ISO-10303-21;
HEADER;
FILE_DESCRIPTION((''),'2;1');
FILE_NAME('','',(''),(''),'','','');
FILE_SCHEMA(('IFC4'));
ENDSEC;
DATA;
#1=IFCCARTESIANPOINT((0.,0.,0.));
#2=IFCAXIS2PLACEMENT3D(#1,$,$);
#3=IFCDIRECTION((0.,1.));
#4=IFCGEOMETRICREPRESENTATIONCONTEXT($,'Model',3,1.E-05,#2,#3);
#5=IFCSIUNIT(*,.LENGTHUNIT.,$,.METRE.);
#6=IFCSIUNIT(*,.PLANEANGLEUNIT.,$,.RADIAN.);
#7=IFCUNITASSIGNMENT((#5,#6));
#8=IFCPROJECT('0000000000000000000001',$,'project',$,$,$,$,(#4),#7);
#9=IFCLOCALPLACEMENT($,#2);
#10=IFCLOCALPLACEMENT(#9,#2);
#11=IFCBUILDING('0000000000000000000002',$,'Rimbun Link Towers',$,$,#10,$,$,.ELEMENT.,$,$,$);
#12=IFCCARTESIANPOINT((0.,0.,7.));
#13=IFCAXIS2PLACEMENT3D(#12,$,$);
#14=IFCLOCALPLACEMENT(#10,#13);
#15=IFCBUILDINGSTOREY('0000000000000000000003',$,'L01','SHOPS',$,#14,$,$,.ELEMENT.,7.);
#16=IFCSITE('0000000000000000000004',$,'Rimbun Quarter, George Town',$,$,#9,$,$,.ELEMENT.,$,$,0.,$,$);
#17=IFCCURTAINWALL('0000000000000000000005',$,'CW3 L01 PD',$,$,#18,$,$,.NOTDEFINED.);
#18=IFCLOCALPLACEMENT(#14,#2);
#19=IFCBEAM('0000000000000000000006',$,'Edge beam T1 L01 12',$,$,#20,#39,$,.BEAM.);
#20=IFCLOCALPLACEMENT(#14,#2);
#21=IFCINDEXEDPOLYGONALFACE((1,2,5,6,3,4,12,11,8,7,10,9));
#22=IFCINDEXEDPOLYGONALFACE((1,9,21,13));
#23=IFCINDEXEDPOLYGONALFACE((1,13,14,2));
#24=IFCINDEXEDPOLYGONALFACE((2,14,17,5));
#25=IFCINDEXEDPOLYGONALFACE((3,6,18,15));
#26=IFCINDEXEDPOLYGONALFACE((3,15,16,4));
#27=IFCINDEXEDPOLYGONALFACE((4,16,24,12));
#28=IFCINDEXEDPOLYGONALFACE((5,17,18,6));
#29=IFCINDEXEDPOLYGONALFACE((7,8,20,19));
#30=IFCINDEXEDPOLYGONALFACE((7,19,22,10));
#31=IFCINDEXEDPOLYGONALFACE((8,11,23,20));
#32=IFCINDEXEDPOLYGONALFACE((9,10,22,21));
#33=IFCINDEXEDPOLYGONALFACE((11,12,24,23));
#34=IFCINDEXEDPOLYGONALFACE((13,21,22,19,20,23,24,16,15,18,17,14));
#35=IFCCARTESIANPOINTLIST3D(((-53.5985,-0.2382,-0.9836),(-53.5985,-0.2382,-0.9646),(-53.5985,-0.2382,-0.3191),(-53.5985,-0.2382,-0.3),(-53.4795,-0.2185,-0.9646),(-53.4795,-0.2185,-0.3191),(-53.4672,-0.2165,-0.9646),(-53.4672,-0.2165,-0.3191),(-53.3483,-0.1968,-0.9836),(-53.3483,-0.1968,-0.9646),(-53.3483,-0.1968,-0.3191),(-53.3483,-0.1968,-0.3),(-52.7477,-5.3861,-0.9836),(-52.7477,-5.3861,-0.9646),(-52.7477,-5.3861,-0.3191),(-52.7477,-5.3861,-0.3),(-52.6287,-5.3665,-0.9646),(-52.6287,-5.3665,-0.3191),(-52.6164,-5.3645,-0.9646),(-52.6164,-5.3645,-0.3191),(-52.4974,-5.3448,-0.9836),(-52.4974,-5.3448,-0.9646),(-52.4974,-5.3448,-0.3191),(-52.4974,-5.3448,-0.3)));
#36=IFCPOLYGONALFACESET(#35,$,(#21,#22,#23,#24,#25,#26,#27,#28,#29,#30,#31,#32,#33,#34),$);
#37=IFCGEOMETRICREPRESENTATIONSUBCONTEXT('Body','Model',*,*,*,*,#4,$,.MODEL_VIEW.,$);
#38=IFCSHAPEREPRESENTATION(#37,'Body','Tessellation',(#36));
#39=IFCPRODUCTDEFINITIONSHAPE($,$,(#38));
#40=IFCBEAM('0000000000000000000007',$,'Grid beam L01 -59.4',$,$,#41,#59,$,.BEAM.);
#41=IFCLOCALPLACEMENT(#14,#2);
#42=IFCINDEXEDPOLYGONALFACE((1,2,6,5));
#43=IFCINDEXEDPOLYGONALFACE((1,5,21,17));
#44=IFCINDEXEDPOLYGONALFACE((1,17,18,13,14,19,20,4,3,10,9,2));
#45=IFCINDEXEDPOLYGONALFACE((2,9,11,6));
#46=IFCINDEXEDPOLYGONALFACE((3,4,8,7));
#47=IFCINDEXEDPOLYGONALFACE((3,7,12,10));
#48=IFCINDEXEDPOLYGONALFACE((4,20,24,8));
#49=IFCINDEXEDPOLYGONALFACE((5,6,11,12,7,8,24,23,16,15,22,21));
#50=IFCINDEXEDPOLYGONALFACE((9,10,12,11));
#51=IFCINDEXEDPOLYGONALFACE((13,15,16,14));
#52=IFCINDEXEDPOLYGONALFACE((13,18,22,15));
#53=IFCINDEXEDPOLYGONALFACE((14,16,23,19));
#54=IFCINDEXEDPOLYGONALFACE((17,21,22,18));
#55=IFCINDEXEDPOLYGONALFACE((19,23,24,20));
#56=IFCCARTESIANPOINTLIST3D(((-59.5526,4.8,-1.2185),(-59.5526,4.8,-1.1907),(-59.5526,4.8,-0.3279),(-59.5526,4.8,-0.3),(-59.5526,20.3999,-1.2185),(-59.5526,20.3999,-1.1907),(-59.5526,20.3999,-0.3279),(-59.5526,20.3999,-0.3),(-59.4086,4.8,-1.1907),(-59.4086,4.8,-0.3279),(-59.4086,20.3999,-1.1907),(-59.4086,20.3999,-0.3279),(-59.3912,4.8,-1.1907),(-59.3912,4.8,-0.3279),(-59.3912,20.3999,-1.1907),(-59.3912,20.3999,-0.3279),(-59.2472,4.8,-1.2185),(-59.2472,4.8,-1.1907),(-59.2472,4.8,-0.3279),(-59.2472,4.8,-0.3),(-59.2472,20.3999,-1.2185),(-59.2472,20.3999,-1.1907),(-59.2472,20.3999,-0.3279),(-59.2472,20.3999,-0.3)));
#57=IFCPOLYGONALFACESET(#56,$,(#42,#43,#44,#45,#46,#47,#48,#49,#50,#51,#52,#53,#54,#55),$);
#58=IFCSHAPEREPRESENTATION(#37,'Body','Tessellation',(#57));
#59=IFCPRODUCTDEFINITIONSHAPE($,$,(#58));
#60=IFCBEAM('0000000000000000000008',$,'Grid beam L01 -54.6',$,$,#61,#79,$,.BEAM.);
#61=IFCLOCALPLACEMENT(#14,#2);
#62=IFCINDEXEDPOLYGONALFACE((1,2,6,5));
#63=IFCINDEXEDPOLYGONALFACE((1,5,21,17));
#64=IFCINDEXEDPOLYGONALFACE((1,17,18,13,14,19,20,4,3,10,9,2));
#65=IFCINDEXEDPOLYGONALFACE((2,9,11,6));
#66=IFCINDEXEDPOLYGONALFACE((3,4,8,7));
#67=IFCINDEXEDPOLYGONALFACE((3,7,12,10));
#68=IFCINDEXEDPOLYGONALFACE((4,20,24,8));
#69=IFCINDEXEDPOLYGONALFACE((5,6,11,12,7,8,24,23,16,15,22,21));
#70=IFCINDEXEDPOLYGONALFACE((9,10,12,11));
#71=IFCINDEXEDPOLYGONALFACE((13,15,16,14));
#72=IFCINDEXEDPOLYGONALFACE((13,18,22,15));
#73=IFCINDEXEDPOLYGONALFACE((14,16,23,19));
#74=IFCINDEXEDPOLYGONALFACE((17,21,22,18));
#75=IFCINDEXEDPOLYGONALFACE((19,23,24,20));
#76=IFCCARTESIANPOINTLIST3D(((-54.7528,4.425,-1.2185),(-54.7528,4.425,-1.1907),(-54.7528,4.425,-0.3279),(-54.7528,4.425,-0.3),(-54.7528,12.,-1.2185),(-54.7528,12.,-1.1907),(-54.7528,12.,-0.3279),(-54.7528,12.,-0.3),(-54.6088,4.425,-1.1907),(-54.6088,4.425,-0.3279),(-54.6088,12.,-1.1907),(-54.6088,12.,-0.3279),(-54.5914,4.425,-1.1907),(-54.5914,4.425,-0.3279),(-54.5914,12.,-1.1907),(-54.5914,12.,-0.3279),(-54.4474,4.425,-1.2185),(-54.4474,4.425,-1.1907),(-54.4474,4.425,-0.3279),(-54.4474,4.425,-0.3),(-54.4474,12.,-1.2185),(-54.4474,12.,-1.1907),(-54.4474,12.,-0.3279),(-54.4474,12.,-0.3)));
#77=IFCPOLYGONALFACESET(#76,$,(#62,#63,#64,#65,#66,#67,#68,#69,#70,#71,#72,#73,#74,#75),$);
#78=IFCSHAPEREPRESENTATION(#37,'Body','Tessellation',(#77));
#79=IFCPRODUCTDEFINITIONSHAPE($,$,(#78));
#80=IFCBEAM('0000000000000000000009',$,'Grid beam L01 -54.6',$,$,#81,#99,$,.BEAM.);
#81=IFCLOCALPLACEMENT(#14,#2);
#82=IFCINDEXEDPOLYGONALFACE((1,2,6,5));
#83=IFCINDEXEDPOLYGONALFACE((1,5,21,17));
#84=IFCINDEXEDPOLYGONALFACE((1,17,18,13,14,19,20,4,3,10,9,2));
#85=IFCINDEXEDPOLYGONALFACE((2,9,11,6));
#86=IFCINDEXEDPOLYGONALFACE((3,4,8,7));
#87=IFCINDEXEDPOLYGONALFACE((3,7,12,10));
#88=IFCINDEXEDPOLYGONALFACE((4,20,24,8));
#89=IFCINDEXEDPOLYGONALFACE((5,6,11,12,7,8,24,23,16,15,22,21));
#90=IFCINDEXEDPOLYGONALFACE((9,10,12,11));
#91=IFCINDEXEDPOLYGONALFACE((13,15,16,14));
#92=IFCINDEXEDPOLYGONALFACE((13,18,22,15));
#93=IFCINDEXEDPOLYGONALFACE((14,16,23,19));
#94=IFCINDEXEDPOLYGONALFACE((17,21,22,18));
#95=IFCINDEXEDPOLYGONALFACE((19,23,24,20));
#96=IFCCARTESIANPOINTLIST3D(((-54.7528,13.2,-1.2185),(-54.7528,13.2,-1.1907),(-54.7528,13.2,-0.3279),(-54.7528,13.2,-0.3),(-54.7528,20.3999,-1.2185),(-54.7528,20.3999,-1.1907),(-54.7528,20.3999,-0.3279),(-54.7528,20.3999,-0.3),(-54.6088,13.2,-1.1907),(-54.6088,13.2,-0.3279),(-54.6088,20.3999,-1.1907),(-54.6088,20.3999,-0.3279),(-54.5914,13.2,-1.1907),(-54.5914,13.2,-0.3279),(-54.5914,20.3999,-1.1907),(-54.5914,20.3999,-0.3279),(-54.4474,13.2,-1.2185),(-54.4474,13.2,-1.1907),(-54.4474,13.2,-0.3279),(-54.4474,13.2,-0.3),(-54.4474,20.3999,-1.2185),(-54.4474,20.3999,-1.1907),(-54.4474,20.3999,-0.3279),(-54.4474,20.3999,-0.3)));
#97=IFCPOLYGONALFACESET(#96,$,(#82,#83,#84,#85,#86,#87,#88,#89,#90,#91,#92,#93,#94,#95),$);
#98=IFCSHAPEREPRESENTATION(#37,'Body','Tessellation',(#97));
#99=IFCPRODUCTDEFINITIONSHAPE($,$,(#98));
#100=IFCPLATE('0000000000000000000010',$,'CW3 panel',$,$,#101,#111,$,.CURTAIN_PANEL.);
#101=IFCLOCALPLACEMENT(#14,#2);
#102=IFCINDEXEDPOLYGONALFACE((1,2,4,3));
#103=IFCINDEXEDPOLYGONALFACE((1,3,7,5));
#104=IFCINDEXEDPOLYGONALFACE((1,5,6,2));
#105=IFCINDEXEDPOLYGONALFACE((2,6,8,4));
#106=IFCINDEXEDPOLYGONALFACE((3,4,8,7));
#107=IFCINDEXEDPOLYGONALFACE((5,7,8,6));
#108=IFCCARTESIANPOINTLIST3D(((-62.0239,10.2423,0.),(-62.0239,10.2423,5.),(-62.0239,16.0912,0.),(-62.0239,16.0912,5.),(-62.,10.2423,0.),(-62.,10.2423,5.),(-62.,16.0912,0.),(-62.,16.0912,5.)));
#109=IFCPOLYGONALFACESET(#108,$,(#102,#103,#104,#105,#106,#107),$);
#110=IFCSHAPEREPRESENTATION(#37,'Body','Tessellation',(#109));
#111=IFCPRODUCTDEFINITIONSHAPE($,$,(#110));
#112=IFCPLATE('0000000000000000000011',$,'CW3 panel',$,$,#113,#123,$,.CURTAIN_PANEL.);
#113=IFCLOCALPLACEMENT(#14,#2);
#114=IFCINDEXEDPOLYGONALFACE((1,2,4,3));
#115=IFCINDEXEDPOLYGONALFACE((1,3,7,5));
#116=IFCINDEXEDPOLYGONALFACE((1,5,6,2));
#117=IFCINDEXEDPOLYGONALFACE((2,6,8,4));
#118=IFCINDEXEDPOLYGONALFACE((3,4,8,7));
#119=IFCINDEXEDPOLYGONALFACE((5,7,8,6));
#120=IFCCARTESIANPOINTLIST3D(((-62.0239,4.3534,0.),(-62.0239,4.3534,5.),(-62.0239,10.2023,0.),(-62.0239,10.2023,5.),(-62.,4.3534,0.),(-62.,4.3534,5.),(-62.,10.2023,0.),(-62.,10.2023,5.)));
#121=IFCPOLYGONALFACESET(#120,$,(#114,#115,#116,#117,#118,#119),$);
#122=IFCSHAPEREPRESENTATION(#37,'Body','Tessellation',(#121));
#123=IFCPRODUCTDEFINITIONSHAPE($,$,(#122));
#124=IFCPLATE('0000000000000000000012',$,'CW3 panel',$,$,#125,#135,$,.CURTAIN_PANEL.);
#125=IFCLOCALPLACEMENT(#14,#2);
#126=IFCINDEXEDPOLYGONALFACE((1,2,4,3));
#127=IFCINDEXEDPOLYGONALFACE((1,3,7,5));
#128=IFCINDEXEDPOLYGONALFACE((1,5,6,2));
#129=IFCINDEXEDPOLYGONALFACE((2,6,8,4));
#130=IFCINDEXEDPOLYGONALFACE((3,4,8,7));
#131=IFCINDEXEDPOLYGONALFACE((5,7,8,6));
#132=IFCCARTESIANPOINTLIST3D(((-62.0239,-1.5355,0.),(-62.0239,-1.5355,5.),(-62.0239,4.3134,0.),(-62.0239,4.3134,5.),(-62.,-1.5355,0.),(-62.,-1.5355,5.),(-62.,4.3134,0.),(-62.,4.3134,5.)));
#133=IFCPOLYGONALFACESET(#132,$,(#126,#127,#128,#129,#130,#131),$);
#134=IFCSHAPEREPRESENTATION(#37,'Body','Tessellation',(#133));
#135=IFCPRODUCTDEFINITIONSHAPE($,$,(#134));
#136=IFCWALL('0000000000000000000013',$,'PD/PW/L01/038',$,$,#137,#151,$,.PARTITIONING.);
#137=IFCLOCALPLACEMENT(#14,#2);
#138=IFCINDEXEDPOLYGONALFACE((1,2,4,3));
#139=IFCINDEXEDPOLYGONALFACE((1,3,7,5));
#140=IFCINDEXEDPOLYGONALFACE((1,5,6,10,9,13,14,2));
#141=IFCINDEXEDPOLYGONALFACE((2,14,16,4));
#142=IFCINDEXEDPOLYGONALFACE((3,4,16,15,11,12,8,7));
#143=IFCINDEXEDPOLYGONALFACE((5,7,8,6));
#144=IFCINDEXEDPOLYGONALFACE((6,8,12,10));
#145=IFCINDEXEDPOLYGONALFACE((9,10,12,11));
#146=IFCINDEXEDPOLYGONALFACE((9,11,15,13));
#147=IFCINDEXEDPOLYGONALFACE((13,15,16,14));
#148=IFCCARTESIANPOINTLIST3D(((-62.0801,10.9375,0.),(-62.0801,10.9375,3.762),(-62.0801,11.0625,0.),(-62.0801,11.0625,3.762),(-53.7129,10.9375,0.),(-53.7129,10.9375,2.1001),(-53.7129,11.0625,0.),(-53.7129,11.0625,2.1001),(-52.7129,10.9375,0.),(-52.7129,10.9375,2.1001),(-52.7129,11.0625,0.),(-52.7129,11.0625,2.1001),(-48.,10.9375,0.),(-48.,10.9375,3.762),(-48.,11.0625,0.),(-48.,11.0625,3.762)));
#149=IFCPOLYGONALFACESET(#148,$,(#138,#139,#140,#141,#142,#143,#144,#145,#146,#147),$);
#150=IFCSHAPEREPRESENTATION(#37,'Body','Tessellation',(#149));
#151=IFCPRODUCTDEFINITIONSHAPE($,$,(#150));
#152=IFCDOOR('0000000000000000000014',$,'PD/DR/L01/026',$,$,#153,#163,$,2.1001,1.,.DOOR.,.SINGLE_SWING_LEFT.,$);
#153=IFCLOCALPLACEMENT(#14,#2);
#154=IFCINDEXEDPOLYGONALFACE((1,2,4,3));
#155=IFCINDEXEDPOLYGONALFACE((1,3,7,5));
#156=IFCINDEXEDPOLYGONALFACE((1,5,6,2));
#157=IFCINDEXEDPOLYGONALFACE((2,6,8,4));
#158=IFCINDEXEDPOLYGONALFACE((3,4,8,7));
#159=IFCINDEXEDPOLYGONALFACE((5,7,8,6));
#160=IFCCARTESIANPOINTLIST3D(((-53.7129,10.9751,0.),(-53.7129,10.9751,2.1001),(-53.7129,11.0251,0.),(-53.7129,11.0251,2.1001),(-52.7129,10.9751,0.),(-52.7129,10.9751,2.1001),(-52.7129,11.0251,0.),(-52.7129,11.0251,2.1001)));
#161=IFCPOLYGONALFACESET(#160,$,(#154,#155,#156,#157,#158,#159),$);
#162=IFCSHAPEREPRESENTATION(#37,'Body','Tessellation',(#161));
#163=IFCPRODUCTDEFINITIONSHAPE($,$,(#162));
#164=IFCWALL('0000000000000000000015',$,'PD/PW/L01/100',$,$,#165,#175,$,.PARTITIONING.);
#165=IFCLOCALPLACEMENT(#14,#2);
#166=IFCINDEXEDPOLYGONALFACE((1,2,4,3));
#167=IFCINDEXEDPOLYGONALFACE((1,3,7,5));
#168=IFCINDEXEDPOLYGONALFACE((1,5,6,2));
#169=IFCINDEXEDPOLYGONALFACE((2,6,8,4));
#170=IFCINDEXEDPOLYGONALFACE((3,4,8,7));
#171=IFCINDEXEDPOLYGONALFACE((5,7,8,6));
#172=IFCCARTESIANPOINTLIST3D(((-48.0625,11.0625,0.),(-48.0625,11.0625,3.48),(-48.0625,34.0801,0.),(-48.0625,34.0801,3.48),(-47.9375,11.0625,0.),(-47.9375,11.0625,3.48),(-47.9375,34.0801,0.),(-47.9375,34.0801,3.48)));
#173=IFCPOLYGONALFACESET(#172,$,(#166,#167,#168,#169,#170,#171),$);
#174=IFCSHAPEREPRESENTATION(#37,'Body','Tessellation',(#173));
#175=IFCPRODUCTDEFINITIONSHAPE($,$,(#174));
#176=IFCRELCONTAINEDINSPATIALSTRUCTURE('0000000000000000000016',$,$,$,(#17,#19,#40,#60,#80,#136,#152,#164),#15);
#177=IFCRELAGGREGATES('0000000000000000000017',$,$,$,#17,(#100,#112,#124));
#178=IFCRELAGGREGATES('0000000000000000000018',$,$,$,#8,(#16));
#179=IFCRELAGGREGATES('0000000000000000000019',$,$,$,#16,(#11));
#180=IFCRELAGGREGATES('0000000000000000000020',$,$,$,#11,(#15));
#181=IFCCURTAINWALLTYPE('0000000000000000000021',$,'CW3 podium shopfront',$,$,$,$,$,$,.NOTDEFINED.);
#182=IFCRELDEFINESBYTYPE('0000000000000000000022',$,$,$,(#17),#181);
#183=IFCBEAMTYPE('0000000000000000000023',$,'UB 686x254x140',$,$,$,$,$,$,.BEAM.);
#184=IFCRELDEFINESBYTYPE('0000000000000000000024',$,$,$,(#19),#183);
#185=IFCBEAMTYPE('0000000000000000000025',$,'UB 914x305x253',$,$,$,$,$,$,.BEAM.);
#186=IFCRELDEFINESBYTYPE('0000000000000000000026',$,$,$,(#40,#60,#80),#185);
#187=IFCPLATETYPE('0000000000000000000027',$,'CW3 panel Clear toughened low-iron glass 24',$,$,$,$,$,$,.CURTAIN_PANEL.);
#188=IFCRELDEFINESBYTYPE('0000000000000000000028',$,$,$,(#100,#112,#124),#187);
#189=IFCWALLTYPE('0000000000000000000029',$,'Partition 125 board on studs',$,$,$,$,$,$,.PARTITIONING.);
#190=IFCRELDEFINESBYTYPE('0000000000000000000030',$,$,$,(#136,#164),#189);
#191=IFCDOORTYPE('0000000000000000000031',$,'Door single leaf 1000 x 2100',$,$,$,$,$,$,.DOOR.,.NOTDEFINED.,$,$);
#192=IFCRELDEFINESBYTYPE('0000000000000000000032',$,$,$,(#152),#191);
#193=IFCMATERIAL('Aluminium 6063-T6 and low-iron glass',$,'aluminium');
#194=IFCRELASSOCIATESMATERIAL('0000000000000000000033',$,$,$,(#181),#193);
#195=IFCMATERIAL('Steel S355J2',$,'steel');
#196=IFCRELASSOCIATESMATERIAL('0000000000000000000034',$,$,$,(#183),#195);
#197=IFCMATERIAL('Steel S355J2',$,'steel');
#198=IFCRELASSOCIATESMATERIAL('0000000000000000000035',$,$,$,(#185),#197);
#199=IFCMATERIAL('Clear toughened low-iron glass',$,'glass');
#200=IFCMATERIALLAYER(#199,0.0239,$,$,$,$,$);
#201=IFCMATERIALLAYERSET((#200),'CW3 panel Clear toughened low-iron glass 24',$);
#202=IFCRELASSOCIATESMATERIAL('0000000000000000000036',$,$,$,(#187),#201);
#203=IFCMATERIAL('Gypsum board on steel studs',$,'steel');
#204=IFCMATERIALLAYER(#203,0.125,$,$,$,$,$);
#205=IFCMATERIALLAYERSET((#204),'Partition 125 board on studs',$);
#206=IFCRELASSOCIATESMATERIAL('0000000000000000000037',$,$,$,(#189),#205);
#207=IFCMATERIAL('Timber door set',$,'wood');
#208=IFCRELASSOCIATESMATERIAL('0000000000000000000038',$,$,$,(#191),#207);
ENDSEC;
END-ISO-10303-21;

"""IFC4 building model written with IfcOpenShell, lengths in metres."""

from ifc_helpers import new_model, si_unit, direction, frame, frame_2d, origin, origin_2d, place, context, subcontext, project, spatial, rectangle, i_section, extrude, material, layer, layer_set, material_profile, profile_set, type_object, element, fill, aggregate, save


model = new_model("IFC4")

# Units and contexts
model_context = context("Model", 3, precision=1e-05, world=origin(), true_north=direction((0.0, 1.0)))
body_context = subcontext(model_context, "Body", "Model", "MODEL_VIEW")
ifc_project = project(units=[si_unit("LENGTHUNIT", "METRE"), si_unit("PLANEANGLEUNIT", "RADIAN")], contexts=[model_context])

# Site, building, storey
site_placement = place(None, origin())
site = spatial("IfcSite", under=ifc_project, at=site_placement, Name="Rimbun Quarter, George Town", CompositionType="ELEMENT", RefElevation=0.0)
building_placement = place(site_placement, origin())
building = spatial("IfcBuilding", under=site, at=building_placement, Name="Rimbun Link Towers", CompositionType="ELEMENT")
storey_placement = place(building_placement, frame((0.0, 0.0, 7.0)))
storey = spatial("IfcBuildingStorey", under=building, at=storey_placement, Name="L01", Description="SHOPS", CompositionType="ELEMENT", Elevation=7.0)

# Curtain wall
ifc_material_1 = material(Name="Aluminium 6063-T6 and low-iron glass", Category="aluminium")
curtain_wall_type = type_object("IfcCurtainWallType", Name="CW3 podium shopfront", PredefinedType="NOTDEFINED", material=ifc_material_1)
curtain_wall_placement = place(storey_placement, origin())
curtain_wall = element("IfcCurtainWall", 1, at=curtain_wall_placement, inside=storey, type_object=curtain_wall_type, Name="CW3 L01 PD", PredefinedType="NOTDEFINED")

# Beams
ifc_material_2 = material(Name="Steel S355J2", Category="steel")
ifc_material_profile_1 = material_profile(ifc_material_2, i_section(OverallWidth=0.2537, OverallDepth=0.6836, WebThickness=0.0125, FlangeThickness=0.019, at=origin_2d()), Name="UB 686x254x140")
ifc_profile_set_1 = profile_set([ifc_material_profile_1], Name="Steel S355J2")
beam_type_1 = type_object("IfcBeamType", Name="UB 686x254x140", PredefinedType="BEAM", material=ifc_profile_set_1)
for number, where, z_axis, x_axis, name in (
    (2, (-53.4734, -0.2175, -0.6418), (0.163063, -0.986616, 0.0), (0.986616, 0.163063, 0.0), "Edge beam T1 L01 12"),
):
    element("IfcBeam", number, at=place(storey_placement, frame(where, z_axis=z_axis, x_axis=x_axis)), inside=storey, type_object=beam_type_1, Name=name, PredefinedType="BEAM", context=body_context, shape_type="SweptSolid", body=[
        extrude(i_section(OverallWidth=0.2537, OverallDepth=0.6836, WebThickness=0.0125, FlangeThickness=0.019, at=origin_2d()), origin(), (0.0, 0.0, 1.0), 5.2178),
    ])
ifc_material_3 = material(Name="Steel S355J2", Category="steel")
ifc_material_profile_2 = material_profile(ifc_material_3, i_section(OverallWidth=0.3054, OverallDepth=0.9185, WebThickness=0.0173, FlangeThickness=0.0278, at=origin_2d()), Name="UB 914x305x253")
ifc_profile_set_2 = profile_set([ifc_material_profile_2], Name="Steel S355J2")
beam_type_2 = type_object("IfcBeamType", Name="UB 914x305x253", PredefinedType="BEAM", material=ifc_profile_set_2)
beam_1_placement = place(storey_placement, frame((-59.3999, 4.8, -0.7593), z_axis=(0.0, 1.0, 0.0), x_axis=(-1.0, 0.0, 0.0)))
element("IfcBeam", 3, at=beam_1_placement, inside=storey, type_object=beam_type_2, Name="Grid beam L01 -59.4", PredefinedType="BEAM", context=body_context, shape_type="SweptSolid", body=[
    extrude(i_section(OverallWidth=0.3054, OverallDepth=0.9185, WebThickness=0.0173, FlangeThickness=0.0278, at=origin_2d()), origin(), (0.0, 0.0, 1.0), 15.5999),
])
beam_2_placement = place(storey_placement, frame((-54.6001, 4.425, -0.7593), z_axis=(0.0, 1.0, 0.0), x_axis=(-1.0, 0.0, 0.0)))
element("IfcBeam", 4, at=beam_2_placement, inside=storey, type_object=beam_type_2, Name="Grid beam L01 -54.6", PredefinedType="BEAM", context=body_context, shape_type="SweptSolid", body=[
    extrude(i_section(OverallWidth=0.3054, OverallDepth=0.9185, WebThickness=0.0173, FlangeThickness=0.0278, at=origin_2d()), origin(), (0.0, 0.0, 1.0), 7.575),
])
beam_3_placement = place(storey_placement, frame((-54.6001, 13.2, -0.7593), z_axis=(0.0, 1.0, 0.0), x_axis=(-1.0, 0.0, 0.0)))
element("IfcBeam", 5, at=beam_3_placement, inside=storey, type_object=beam_type_2, Name="Grid beam L01 -54.6", PredefinedType="BEAM", context=body_context, shape_type="SweptSolid", body=[
    extrude(i_section(OverallWidth=0.3054, OverallDepth=0.9185, WebThickness=0.0173, FlangeThickness=0.0278, at=origin_2d()), origin(), (0.0, 0.0, 1.0), 7.2),
])

# Plates
ifc_material_4 = material(Name="Clear toughened low-iron glass", Category="glass")
ifc_layer_1 = layer(ifc_material_4, 0.0239)
ifc_layer_set_1 = layer_set([ifc_layer_1], Name="CW3 panel Clear toughened low-iron glass 24")
plate_type = type_object("IfcPlateType", Name="CW3 panel Clear toughened low-iron glass 24", PredefinedType="CURTAIN_PANEL", material=ifc_layer_set_1)
plate_1_placement = place(storey_placement, frame((-62.012, 13.1667, 0.0), z_axis=(0.0, 0.0, 1.0), x_axis=(0.0, 1.0, 0.0)))
plate_1 = element("IfcPlate", 6, at=plate_1_placement, type_object=plate_type, Name="CW3 panel", PredefinedType="CURTAIN_PANEL", context=body_context, shape_type="SweptSolid", body=[
    extrude(rectangle(XDim=5.8489, YDim=0.0239, at=origin_2d()), origin(), (0.0, 0.0, 1.0), 5.0),
])
plate_2_placement = place(storey_placement, frame((-62.012, 7.2778, 0.0), z_axis=(0.0, 0.0, 1.0), x_axis=(0.0, 1.0, 0.0)))
plate_2 = element("IfcPlate", 7, at=plate_2_placement, type_object=plate_type, Name="CW3 panel", PredefinedType="CURTAIN_PANEL", context=body_context, shape_type="SweptSolid", body=[
    extrude(rectangle(XDim=5.8489, YDim=0.0239, at=origin_2d()), origin(), (0.0, 0.0, 1.0), 5.0),
])
plate_3_placement = place(storey_placement, frame((-62.012, 1.3889, 0.0), z_axis=(0.0, 0.0, 1.0), x_axis=(0.0, 1.0, 0.0)))
plate_3 = element("IfcPlate", 8, at=plate_3_placement, type_object=plate_type, Name="CW3 panel", PredefinedType="CURTAIN_PANEL", context=body_context, shape_type="SweptSolid", body=[
    extrude(rectangle(XDim=5.8489, YDim=0.0239, at=origin_2d()), origin(), (0.0, 0.0, 1.0), 5.0),
])
aggregate(curtain_wall, [plate_1, plate_2, plate_3])

# Wall, opening, door
ifc_material_5 = material(Name="Gypsum board on steel studs", Category="steel")
ifc_layer_2 = layer(ifc_material_5, 0.125)
ifc_layer_set_2 = layer_set([ifc_layer_2], Name="Partition 125 board on studs")
wall_type = type_object("IfcWallType", Name="Partition 125 board on studs", PredefinedType="PARTITIONING", material=ifc_layer_set_2)
wall_1_placement = place(storey_placement, frame((-48.0, 11.0, 0.0), z_axis=(0.0, 0.0, 1.0), x_axis=(-1.0, 0.0, 0.0)))
wall_1 = element("IfcWall", 9, at=wall_1_placement, inside=storey, type_object=wall_type, Name="PD/PW/L01/038", PredefinedType="PARTITIONING", context=body_context, shape_type="SweptSolid", body=[
    extrude(rectangle(XDim=14.0801, YDim=0.125, at=frame_2d((7.04, 0.0))), origin(), (0.0, 0.0, 1.0), 3.762),
])
opening_placement = place(wall_1_placement, frame((4.7129, 0.0, 0.0)))
opening = element("IfcOpeningElement", 10, at=opening_placement, cuts=wall_1, PredefinedType="OPENING", context=body_context, shape_type="SweptSolid", body=[
    extrude(rectangle(XDim=1.0, YDim=2.1001, at=frame_2d((0.5, 1.05))), frame((0.0, 0.0725, 0.0), z_axis=(0.0, -1.0, 0.0), x_axis=(1.0, 0.0, 0.0)), (0.0, 0.0, 1.0), 0.145),
])
ifc_material_6 = material(Name="Timber door set", Category="wood")
door_type = type_object("IfcDoorType", Name="Door single leaf 1000 x 2100", OperationType="NOTDEFINED", PredefinedType="DOOR", material=ifc_material_6)
door_placement = place(opening_placement, origin())
door = element("IfcDoor", 11, at=door_placement, inside=storey, type_object=door_type, Name="PD/DR/L01/026", OperationType="SINGLE_SWING_LEFT", OverallHeight=2.1001, OverallWidth=1.0, PredefinedType="DOOR", context=body_context, shape_type="SweptSolid", body=[
    extrude(rectangle(XDim=1.0, YDim=2.1001, at=frame_2d((0.5, 1.05))), frame((0.0, 0.0249, 0.0), z_axis=(0.0, -1.0, 0.0), x_axis=(1.0, 0.0, 0.0)), (0.0, 0.0, 1.0), 0.05),
])
fill(opening, door)

# Wall
wall_2_placement = place(storey_placement, frame((-48.0, 11.0625, 0.0), z_axis=(0.0, 0.0, 1.0), x_axis=(0.0, 1.0, 0.0)))
element("IfcWall", 12, at=wall_2_placement, inside=storey, type_object=wall_type, Name="PD/PW/L01/100", PredefinedType="PARTITIONING", context=body_context, shape_type="SweptSolid", body=[
    extrude(rectangle(XDim=23.0176, YDim=0.125, at=frame_2d((11.5088, 0.0))), origin(), (0.0, 0.0, 1.0), 3.48),
])

save(model, "model.ifc")
